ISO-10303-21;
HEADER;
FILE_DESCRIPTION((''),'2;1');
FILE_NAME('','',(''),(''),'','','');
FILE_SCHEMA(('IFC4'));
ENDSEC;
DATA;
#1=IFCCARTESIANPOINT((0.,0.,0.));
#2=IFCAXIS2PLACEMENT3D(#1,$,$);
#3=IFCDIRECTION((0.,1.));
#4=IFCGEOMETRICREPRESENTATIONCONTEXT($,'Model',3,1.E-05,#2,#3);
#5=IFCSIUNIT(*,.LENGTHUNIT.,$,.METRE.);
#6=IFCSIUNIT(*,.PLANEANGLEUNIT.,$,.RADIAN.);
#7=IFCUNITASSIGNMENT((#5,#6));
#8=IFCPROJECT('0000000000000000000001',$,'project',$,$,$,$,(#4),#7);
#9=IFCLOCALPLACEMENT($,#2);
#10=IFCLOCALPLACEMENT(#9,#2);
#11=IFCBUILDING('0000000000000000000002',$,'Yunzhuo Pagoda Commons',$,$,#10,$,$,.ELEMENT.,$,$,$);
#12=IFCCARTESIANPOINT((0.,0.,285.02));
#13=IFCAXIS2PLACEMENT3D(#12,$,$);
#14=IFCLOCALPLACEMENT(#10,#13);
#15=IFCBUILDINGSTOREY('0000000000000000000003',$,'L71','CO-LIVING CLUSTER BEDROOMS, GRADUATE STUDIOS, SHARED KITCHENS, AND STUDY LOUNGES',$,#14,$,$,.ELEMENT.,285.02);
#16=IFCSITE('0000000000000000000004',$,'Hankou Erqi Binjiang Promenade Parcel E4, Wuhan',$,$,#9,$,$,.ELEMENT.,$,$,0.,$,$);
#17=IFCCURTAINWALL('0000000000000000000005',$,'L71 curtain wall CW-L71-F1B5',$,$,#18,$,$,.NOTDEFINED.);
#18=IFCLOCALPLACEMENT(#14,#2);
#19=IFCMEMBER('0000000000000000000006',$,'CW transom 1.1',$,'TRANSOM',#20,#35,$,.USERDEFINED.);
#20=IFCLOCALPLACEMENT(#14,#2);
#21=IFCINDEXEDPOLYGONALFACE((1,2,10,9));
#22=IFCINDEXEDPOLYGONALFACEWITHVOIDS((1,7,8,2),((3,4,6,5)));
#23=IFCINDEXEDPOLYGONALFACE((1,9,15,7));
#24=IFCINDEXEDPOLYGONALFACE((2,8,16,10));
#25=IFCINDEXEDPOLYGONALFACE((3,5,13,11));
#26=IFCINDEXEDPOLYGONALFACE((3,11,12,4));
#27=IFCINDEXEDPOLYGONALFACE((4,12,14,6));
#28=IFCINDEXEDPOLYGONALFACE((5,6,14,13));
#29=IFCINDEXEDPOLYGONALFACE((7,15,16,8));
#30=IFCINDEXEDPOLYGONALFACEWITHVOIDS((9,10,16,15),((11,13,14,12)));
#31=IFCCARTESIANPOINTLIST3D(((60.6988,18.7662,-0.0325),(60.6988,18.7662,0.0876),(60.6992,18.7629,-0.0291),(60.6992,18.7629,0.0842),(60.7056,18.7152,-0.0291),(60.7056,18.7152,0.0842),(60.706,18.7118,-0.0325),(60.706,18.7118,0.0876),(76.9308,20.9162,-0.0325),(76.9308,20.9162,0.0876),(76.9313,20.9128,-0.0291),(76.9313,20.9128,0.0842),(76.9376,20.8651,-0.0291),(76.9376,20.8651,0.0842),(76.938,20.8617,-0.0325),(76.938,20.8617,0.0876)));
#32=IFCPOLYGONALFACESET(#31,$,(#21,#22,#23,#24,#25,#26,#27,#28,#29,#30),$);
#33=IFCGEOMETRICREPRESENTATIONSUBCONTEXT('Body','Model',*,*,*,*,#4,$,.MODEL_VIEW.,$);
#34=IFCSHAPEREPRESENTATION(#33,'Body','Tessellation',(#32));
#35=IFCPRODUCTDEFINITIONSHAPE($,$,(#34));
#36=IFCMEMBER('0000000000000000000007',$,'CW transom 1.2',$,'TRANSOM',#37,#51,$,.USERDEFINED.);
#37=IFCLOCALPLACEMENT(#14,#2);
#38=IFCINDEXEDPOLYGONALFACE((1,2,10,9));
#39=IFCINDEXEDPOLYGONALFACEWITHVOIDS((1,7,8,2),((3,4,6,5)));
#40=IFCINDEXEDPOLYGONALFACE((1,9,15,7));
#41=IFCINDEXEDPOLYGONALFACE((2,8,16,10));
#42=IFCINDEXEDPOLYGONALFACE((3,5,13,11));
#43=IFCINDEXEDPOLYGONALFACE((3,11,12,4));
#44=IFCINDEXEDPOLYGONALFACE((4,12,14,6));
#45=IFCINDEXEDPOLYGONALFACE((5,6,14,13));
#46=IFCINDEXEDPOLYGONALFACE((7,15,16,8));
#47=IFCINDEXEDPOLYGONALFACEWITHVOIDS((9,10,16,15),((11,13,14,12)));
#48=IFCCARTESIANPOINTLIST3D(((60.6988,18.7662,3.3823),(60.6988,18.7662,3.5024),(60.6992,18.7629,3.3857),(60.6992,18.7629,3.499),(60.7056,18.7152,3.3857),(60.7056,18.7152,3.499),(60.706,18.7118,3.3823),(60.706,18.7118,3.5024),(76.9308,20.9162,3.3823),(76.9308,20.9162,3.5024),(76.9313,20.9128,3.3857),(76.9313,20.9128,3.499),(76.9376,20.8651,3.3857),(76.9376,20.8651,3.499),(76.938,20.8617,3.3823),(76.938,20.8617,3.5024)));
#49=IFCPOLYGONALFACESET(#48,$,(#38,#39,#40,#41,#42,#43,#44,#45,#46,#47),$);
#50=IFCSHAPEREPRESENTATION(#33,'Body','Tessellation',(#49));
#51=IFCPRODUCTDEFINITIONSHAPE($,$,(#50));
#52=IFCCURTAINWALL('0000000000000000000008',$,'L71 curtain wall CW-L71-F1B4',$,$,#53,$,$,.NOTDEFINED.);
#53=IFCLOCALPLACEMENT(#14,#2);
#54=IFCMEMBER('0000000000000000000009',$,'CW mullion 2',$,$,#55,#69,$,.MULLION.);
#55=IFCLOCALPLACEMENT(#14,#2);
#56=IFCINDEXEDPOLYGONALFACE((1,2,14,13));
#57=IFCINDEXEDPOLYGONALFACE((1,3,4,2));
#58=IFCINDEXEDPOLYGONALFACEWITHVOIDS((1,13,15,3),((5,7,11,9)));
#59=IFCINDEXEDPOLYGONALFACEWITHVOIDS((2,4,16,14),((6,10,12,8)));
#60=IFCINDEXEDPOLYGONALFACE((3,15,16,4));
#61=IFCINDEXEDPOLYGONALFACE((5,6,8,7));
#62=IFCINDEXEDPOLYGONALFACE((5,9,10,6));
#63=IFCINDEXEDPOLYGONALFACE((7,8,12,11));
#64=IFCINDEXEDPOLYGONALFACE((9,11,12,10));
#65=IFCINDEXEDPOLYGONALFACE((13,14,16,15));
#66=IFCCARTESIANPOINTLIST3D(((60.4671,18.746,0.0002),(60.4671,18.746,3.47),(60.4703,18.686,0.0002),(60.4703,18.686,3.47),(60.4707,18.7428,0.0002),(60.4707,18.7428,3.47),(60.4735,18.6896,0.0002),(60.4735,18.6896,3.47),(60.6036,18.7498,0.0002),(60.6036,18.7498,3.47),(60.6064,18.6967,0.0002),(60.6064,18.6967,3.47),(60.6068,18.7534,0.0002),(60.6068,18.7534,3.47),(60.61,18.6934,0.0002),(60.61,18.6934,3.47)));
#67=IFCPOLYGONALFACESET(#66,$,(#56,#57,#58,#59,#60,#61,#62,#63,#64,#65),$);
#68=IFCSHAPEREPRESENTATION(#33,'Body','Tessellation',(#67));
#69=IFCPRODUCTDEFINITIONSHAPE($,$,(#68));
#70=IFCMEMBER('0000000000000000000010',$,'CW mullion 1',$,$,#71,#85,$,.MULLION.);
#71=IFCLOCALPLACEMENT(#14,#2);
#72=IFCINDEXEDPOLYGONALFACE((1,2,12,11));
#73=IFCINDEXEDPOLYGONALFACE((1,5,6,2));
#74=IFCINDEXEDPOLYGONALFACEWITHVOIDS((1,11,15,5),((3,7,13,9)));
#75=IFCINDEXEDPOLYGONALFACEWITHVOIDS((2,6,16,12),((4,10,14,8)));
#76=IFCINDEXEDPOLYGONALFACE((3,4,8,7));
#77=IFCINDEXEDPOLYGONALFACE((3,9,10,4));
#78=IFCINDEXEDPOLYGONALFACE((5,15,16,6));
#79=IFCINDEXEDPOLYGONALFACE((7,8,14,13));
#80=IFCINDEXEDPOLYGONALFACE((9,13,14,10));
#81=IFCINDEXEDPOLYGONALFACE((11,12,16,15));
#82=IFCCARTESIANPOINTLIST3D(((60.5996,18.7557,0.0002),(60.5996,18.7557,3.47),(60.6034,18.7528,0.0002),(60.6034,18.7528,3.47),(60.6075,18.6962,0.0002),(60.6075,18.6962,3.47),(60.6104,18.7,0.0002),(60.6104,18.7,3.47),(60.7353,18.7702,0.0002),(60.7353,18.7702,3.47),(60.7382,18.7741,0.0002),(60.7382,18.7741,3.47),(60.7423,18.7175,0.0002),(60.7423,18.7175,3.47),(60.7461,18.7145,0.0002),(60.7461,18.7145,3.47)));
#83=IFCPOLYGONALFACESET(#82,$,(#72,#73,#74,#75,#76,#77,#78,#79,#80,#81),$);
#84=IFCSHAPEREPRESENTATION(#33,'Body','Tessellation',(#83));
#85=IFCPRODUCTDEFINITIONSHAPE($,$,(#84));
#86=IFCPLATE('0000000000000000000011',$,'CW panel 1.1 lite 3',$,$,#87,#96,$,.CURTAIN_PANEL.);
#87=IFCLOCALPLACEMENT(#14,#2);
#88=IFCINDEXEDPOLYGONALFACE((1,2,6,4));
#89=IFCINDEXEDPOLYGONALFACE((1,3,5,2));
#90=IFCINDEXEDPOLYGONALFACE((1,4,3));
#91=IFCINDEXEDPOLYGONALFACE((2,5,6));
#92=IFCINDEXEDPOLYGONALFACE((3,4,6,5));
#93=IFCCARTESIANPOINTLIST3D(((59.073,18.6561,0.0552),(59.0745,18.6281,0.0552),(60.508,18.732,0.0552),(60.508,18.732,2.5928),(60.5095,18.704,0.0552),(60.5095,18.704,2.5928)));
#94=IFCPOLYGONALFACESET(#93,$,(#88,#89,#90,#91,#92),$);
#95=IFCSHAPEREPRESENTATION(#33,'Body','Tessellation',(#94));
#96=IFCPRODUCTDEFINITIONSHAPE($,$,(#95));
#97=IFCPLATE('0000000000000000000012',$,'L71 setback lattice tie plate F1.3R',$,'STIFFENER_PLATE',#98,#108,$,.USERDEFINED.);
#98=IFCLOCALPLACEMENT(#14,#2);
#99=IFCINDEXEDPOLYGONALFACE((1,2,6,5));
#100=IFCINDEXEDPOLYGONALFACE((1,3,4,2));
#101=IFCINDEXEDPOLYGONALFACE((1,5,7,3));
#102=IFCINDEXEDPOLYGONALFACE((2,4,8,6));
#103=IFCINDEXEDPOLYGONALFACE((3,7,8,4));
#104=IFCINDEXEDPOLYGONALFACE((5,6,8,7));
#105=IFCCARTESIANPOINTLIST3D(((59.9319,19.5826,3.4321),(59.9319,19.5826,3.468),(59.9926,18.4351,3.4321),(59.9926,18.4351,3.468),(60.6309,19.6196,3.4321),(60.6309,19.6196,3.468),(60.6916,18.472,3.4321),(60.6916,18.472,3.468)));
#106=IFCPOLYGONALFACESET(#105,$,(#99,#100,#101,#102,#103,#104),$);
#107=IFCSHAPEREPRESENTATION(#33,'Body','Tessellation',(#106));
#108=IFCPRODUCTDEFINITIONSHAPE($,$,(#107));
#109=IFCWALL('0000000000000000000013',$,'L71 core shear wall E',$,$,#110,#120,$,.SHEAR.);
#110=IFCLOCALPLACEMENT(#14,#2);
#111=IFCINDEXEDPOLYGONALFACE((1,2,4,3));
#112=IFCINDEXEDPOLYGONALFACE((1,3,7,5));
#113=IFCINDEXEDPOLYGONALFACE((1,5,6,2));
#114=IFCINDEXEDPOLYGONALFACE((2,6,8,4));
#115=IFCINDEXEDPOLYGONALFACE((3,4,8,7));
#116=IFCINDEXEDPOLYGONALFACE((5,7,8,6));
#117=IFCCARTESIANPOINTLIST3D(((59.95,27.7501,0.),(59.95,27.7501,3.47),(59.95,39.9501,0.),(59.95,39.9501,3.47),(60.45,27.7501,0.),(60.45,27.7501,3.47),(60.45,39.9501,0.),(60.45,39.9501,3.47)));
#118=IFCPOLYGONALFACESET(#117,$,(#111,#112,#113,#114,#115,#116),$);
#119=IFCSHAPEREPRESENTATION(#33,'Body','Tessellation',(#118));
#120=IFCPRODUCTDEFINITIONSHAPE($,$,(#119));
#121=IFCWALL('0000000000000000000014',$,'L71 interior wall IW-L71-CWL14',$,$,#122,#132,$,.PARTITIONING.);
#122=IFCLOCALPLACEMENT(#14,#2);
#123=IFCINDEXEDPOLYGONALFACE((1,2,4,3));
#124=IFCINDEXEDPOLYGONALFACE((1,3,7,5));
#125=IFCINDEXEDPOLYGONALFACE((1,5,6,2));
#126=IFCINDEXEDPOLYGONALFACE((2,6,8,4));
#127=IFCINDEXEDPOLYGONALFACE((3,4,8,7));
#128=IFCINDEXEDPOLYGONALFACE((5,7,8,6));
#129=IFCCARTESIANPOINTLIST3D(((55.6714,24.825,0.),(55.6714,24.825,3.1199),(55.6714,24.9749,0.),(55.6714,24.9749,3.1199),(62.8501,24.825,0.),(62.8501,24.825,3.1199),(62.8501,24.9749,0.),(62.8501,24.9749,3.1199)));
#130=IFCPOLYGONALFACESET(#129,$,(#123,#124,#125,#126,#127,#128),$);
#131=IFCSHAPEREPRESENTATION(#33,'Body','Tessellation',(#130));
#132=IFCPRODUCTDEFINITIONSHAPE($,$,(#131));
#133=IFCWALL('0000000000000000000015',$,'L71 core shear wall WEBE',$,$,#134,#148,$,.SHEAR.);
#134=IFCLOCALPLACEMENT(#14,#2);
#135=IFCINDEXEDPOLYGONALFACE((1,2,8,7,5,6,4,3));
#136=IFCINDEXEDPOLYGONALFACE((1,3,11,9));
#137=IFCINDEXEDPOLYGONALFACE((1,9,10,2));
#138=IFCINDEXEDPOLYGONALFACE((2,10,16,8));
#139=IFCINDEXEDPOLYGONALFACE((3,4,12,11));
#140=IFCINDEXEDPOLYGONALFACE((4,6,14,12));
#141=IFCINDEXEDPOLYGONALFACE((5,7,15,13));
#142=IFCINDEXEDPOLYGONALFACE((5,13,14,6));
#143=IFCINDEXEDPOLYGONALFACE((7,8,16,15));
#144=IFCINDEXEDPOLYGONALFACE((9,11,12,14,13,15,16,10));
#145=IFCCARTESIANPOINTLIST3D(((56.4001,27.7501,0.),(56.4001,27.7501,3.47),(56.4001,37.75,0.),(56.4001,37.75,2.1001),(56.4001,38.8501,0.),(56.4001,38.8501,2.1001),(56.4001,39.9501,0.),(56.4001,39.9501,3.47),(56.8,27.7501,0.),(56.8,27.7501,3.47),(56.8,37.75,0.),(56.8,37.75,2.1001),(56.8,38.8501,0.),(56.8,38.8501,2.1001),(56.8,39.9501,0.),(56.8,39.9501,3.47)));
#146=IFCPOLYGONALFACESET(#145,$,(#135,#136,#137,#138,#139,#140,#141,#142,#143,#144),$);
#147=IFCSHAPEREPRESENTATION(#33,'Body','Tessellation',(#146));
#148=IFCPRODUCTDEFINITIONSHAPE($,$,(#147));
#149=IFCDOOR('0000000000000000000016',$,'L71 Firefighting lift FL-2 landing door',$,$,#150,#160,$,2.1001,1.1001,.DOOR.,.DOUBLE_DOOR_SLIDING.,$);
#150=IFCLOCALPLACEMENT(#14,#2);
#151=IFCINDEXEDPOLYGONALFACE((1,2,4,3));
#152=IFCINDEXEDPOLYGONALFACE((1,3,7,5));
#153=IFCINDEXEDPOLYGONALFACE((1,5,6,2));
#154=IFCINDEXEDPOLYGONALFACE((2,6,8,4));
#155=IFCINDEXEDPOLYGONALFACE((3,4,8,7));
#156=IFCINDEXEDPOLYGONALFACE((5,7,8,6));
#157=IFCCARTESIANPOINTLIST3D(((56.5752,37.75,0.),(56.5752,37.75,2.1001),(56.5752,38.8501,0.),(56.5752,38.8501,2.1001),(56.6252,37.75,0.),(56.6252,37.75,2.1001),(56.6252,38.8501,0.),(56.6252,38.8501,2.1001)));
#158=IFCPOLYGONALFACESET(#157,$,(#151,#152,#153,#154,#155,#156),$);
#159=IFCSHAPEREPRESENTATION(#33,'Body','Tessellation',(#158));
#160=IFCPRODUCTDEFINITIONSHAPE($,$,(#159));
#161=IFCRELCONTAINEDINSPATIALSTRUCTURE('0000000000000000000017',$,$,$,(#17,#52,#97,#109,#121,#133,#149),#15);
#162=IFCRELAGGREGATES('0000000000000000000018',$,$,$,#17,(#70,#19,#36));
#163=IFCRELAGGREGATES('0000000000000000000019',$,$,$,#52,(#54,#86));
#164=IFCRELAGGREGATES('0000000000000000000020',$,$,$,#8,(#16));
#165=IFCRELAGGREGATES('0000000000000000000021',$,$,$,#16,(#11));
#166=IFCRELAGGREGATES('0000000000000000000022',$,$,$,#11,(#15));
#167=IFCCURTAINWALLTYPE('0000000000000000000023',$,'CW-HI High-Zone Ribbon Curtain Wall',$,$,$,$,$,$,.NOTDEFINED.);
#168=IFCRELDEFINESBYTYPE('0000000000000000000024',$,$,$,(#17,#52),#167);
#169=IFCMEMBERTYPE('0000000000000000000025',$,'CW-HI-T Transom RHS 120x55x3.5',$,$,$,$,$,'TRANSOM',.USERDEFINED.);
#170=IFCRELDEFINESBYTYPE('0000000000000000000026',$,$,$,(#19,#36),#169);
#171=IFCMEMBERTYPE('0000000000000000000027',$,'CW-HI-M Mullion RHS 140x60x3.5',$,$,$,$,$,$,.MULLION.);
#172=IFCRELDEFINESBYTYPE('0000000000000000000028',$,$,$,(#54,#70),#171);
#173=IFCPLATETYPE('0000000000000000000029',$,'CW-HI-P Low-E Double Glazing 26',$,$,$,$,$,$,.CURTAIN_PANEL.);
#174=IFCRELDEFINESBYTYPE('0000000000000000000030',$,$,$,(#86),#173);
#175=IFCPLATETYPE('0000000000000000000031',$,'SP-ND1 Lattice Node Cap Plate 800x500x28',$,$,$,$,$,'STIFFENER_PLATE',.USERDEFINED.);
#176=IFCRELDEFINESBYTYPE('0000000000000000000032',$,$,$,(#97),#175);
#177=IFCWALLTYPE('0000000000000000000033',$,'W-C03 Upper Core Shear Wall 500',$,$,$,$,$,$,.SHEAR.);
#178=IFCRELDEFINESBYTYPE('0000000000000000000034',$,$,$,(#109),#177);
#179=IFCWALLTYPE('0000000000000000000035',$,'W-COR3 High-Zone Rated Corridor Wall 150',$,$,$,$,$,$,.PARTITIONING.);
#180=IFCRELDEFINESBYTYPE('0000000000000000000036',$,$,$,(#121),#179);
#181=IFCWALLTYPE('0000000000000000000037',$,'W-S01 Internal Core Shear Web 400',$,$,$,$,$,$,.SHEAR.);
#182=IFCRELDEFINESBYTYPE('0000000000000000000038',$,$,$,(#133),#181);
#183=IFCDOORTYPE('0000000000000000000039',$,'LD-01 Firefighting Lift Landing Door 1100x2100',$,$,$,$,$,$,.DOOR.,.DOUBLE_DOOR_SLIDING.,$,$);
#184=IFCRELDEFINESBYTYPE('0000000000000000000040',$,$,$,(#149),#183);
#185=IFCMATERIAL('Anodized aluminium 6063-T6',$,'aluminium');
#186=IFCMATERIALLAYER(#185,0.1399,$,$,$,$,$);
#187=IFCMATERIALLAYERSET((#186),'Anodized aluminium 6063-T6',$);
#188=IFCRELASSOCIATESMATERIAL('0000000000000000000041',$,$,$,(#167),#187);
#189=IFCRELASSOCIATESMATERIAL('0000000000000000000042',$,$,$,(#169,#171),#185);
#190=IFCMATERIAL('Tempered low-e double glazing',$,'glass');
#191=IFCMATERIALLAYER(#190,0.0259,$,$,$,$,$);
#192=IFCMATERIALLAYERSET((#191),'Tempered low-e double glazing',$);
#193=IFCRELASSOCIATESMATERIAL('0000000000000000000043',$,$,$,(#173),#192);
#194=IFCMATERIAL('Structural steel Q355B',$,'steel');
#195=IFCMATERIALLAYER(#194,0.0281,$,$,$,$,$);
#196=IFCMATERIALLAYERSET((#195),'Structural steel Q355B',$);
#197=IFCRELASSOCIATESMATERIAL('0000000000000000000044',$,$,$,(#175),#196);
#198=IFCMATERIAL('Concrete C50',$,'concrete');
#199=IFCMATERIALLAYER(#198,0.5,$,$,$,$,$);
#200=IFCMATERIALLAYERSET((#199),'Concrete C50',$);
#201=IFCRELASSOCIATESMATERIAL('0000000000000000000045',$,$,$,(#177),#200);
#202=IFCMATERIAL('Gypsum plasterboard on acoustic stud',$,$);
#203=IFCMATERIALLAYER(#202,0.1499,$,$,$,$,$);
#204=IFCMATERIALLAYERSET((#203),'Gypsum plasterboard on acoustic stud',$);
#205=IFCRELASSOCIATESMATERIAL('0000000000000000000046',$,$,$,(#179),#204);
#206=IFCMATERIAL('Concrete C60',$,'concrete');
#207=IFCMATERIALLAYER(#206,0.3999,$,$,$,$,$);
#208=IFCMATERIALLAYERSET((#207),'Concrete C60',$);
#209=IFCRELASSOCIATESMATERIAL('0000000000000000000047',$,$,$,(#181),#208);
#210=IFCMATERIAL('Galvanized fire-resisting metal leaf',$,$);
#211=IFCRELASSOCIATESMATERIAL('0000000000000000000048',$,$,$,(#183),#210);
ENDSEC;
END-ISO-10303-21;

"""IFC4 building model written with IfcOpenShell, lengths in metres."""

from ifc_helpers import new_model, si_unit, direction, frame, frame_2d, origin, origin_with_axes, origin_2d, place, context, subcontext, project, spatial, polyline, rectangle, hollow_rectangle, outline, extrude, source, transform, mapped, material, layer, layer_set, material_profile, profile_set, type_object, element, fill, aggregate, save


model = new_model("IFC4")

# Units and contexts
model_context = context("Model", 3, precision=1e-05, world=origin(), true_north=direction((0.0, 1.0)))
body_context = subcontext(model_context, "Body", "Model", "MODEL_VIEW")
ifc_project = project(units=[si_unit("LENGTHUNIT", "METRE"), si_unit("PLANEANGLEUNIT", "RADIAN")], contexts=[model_context])

# Site, building, storey
site_placement = place(None, origin())
site = spatial("IfcSite", under=ifc_project, at=site_placement, Name="Hankou Erqi Binjiang Promenade Parcel E4, Wuhan", CompositionType="ELEMENT", RefElevation=0.0)
building_placement = place(site_placement, origin())
building = spatial("IfcBuilding", under=site, at=building_placement, Name="Yunzhuo Pagoda Commons", CompositionType="ELEMENT")
storey_placement = place(building_placement, frame((0.0, 0.0, 285.02)))
storey = spatial("IfcBuildingStorey", under=building, at=storey_placement, Name="L71", Description="CO-LIVING CLUSTER BEDROOMS, GRADUATE STUDIOS, SHARED KITCHENS, AND STUDY LOUNGES", CompositionType="ELEMENT", Elevation=285.02)

# Shared definitions
ifc_material_1 = material(Name="Structural steel Q355B", Category="steel")

# Curtain wall, members
ifc_material_2 = material(Name="Anodized aluminium 6063-T6", Category="aluminium")
ifc_layer_1 = layer(ifc_material_2, 0.1399)
ifc_layer_set_1 = layer_set([ifc_layer_1], Name="Anodized aluminium 6063-T6")
curtain_wall_type = type_object("IfcCurtainWallType", Name="CW-HI High-Zone Ribbon Curtain Wall", PredefinedType="NOTDEFINED", material=ifc_layer_set_1)
curtain_wall_1_placement = place(storey_placement, origin())
curtain_wall_1 = element("IfcCurtainWall", 1, at=curtain_wall_1_placement, inside=storey, type_object=curtain_wall_type, Name="L71 curtain wall CW-L71-F1B5", PredefinedType="NOTDEFINED")
ifc_material_profile_1 = material_profile(ifc_material_2, hollow_rectangle(XDim=0.0549, YDim=0.1201, WallThickness=0.0034, at=origin_2d()), Name="Anodized aluminium 6063-T6")
ifc_profile_set_1 = profile_set([ifc_material_profile_1], Name="Anodized aluminium 6063-T6")
member_type_1 = type_object("IfcMemberType", Name="CW-HI-T Transom RHS 120x55x3.5", ElementType="TRANSOM", PredefinedType="USERDEFINED", material=ifc_profile_set_1)
shared_shape_1 = source(origin(), body_context, "Body", "SweptSolid", [
    extrude(hollow_rectangle(XDim=0.0549, YDim=0.1201, WallThickness=0.0034, at=origin_2d()), origin(), (0.0, 0.0, 1.0), 16.3738),
])
member_1_placement = place(storey_placement, frame((60.7024, 18.739, 0.0276), z_axis=(0.991342, 0.131302, 0.0), x_axis=(-0.131302, 0.991342, 0.0)))
member_1 = element("IfcMember", 2, at=member_1_placement, type_object=member_type_1, Name="CW transom 1.1", ObjectType="TRANSOM", PredefinedType="USERDEFINED", context=body_context, shape_type="MappedRepresentation", body=[
    mapped(shared_shape_1, transform((0.0, 0.0, 0.0), scale=1.0)),
])
member_2_placement = place(storey_placement, frame((60.7024, 18.739, 3.4424), z_axis=(0.991342, 0.131302, 0.0), x_axis=(-0.131302, 0.991342, 0.0)))
member_2 = element("IfcMember", 3, at=member_2_placement, type_object=member_type_1, Name="CW transom 1.2", ObjectType="TRANSOM", PredefinedType="USERDEFINED", context=body_context, shape_type="MappedRepresentation", body=[
    mapped(shared_shape_1, transform((0.0, 0.0, 0.0), scale=1.0)),
])

# Curtain wall, member
curtain_wall_2_placement = place(storey_placement, origin())
curtain_wall_2 = element("IfcCurtainWall", 4, at=curtain_wall_2_placement, inside=storey, type_object=curtain_wall_type, Name="L71 curtain wall CW-L71-F1B4", PredefinedType="NOTDEFINED")
ifc_material_profile_2 = material_profile(ifc_material_2, hollow_rectangle(XDim=0.0601, YDim=0.1399, WallThickness=0.0034, at=origin_2d()), Name="Anodized aluminium 6063-T6")
ifc_profile_set_2 = profile_set([ifc_material_profile_2], Name="Anodized aluminium 6063-T6")
member_type_2 = type_object("IfcMemberType", Name="CW-HI-M Mullion RHS 140x60x3.5", PredefinedType="MULLION", material=ifc_profile_set_2)
shared_shape_2 = source(origin(), body_context, "Body", "SweptSolid", [
    extrude(hollow_rectangle(XDim=0.0601, YDim=0.1399, WallThickness=0.0034, at=origin_2d()), origin(), (0.0, 0.0, 1.0), 3.4697),
])
member_3_placement = place(storey_placement, frame((60.5386, 18.7197, 0.0002), z_axis=(0.0, 0.0, 1.0), x_axis=(-0.052822, 0.998604, 0.0)))
member_3 = element("IfcMember", 5, at=member_3_placement, type_object=member_type_2, Name="CW mullion 2", PredefinedType="MULLION", context=body_context, shape_type="MappedRepresentation", body=[
    mapped(shared_shape_2, transform((0.0, 0.0, 0.0), scale=1.0)),
])

# Member
member_4_placement = place(storey_placement, frame((60.6729, 18.7351, 0.0002), z_axis=(0.0, 0.0, 1.0), x_axis=(-0.131311, 0.991341, 0.0)))
member_4 = element("IfcMember", 6, at=member_4_placement, type_object=member_type_2, Name="CW mullion 1", PredefinedType="MULLION", context=body_context, shape_type="MappedRepresentation", body=[
    mapped(shared_shape_2, transform((0.0, 0.0, 0.0), scale=1.0)),
])
aggregate(curtain_wall_1, [member_4, member_1, member_2])

# Plates
ifc_material_3 = material(Name="Tempered low-e double glazing", Category="glass")
ifc_layer_2 = layer(ifc_material_3, 0.0259)
ifc_layer_set_2 = layer_set([ifc_layer_2], Name="Tempered low-e double glazing")
plate_type_1 = type_object("IfcPlateType", Name="CW-HI-P Low-E Double Glazing 26", PredefinedType="CURTAIN_PANEL", material=ifc_layer_set_2)
plate_1_placement = place(storey_placement, frame((59.7905, 18.6941, 1.324), z_axis=(0.052822, -0.998604, 0.0), x_axis=(0.998604, 0.052822, 0.0)))
plate_1 = element("IfcPlate", 7, at=plate_1_placement, type_object=plate_type_1, Name="CW panel 1.1 lite 3", PredefinedType="CURTAIN_PANEL", context=body_context, shape_type="SweptSolid", body=[
    extrude(outline(polyline([(-0.7185, -1.2688), (0.7185, -1.2688), (0.7185, 1.2688), (-0.7185, -1.2688)])), origin(), (0.0, 0.0, 1.0), 0.0281),
])
aggregate(curtain_wall_2, [member_3, plate_1])
ifc_layer_3 = layer(ifc_material_1, 0.0281)
ifc_layer_set_3 = layer_set([ifc_layer_3], Name="Structural steel Q355B")
plate_type_2 = type_object("IfcPlateType", Name="SP-ND1 Lattice Node Cap Plate 800x500x28", ElementType="STIFFENER_PLATE", PredefinedType="USERDEFINED", material=ifc_layer_set_3)
shared_shape_3 = source(origin(), body_context, "Body", "SweptSolid", [
    extrude(rectangle(XDim=0.7, YDim=1.1492, at=origin_2d()), origin(), (0.0, 0.0, 1.0), 0.0359),
])
plate_2_placement = place(storey_placement, frame((60.3118, 19.0273, 3.4321), z_axis=(0.0, 0.0, 1.0), x_axis=(0.998604, 0.052824, 0.0)))
element("IfcPlate", 8, at=plate_2_placement, inside=storey, type_object=plate_type_2, Name="L71 setback lattice tie plate F1.3R", ObjectType="STIFFENER_PLATE", PredefinedType="USERDEFINED", context=body_context, shape_type="MappedRepresentation", body=[
    mapped(shared_shape_3, transform((0.0, 0.0, 0.0), scale=1.0)),
])

# Walls
ifc_material_4 = material(Name="Concrete C50", Category="concrete")
ifc_layer_4 = layer(ifc_material_4, 0.5)
ifc_layer_set_4 = layer_set([ifc_layer_4], Name="Concrete C50")
wall_type_1 = type_object("IfcWallType", Name="W-C03 Upper Core Shear Wall 500", PredefinedType="SHEAR", material=ifc_layer_set_4)
wall_1_placement = place(storey_placement, frame((60.2, 27.75, 0.0), z_axis=(0.0, 0.0, 1.0), x_axis=(0.0, 1.0, 0.0)))
element("IfcWall", 9, at=wall_1_placement, inside=storey, type_object=wall_type_1, Name="L71 core shear wall E", PredefinedType="SHEAR", context=body_context, shape_type="SweptSolid", body=[
    extrude(rectangle(XDim=12.2, YDim=0.5, at=frame_2d((6.1001, 0.0))), origin(), (0.0, 0.0, 1.0), 3.47),
])
ifc_material_5 = material(Name="Gypsum plasterboard on acoustic stud")
ifc_layer_5 = layer(ifc_material_5, 0.1499)
ifc_layer_set_5 = layer_set([ifc_layer_5], Name="Gypsum plasterboard on acoustic stud")
wall_type_2 = type_object("IfcWallType", Name="W-COR3 High-Zone Rated Corridor Wall 150", PredefinedType="PARTITIONING", material=ifc_layer_set_5)
wall_2_placement = place(storey_placement, frame((62.8501, 24.8999, 0.0), z_axis=(0.0, 0.0, 1.0), x_axis=(-1.0, 0.0, 0.0)))
element("IfcWall", 10, at=wall_2_placement, inside=storey, type_object=wall_type_2, Name="L71 interior wall IW-L71-CWL14", PredefinedType="PARTITIONING", context=body_context, shape_type="SweptSolid", body=[
    extrude(rectangle(XDim=7.1787, YDim=0.1499, at=frame_2d((3.5894, 0.0))), origin(), (0.0, 0.0, 1.0), 3.1199),
])

# Wall, opening, door
ifc_material_6 = material(Name="Concrete C60", Category="concrete")
ifc_layer_6 = layer(ifc_material_6, 0.3999)
ifc_layer_set_6 = layer_set([ifc_layer_6], Name="Concrete C60")
wall_type_3 = type_object("IfcWallType", Name="W-S01 Internal Core Shear Web 400", PredefinedType="SHEAR", material=ifc_layer_set_6)
wall_3_placement = place(storey_placement, frame((56.6001, 27.75, 0.0), z_axis=(0.0, 0.0, 1.0), x_axis=(0.0, 1.0, 0.0)))
wall_3 = element("IfcWall", 11, at=wall_3_placement, inside=storey, type_object=wall_type_3, Name="L71 core shear wall WEBE", PredefinedType="SHEAR", context=body_context, shape_type="SweptSolid", body=[
    extrude(rectangle(XDim=12.2, YDim=0.3999, at=frame_2d((6.1001, 0.0))), origin(), (0.0, 0.0, 1.0), 3.47),
])
opening_placement = place(wall_3_placement, frame((10.0, 0.0, 0.0)))
opening = element("IfcOpeningElement", 12, at=opening_placement, cuts=wall_3, PredefinedType="OPENING", context=body_context, shape_type="SweptSolid", body=[
    extrude(rectangle(XDim=1.1001, YDim=2.1001, at=frame_2d((0.55, 1.05))), frame((0.0, 0.21, 0.0), z_axis=(0.0, -1.0, 0.0), x_axis=(1.0, 0.0, 0.0)), (0.0, 0.0, 1.0), 0.4199),
])
ifc_material_7 = material(Name="Galvanized fire-resisting metal leaf")
door_type = type_object("IfcDoorType", Name="LD-01 Firefighting Lift Landing Door 1100x2100", OperationType="DOUBLE_DOOR_SLIDING", PredefinedType="DOOR", material=ifc_material_7)
shared_shape_4 = source(origin(), body_context, "Body", "SweptSolid", [
    extrude(rectangle(XDim=1.1001, YDim=2.1001, at=frame_2d((0.55, 1.05))), frame((0.0, 0.0249, 0.0), z_axis=(0.0, -1.0, 0.0), x_axis=(1.0, 0.0, 0.0)), (0.0, 0.0, 1.0), 0.05),
])
door_placement = place(opening_placement, origin_with_axes())
door = element("IfcDoor", 13, at=door_placement, inside=storey, type_object=door_type, Name="L71 Firefighting lift FL-2 landing door", OperationType="DOUBLE_DOOR_SLIDING", OverallHeight=2.1001, OverallWidth=1.1001, PredefinedType="DOOR", context=body_context, shape_type="MappedRepresentation", body=[
    mapped(shared_shape_4, transform((0.0, 0.0, 0.0), scale=1.0)),
])
fill(opening, door)

save(model, "model.ifc")
